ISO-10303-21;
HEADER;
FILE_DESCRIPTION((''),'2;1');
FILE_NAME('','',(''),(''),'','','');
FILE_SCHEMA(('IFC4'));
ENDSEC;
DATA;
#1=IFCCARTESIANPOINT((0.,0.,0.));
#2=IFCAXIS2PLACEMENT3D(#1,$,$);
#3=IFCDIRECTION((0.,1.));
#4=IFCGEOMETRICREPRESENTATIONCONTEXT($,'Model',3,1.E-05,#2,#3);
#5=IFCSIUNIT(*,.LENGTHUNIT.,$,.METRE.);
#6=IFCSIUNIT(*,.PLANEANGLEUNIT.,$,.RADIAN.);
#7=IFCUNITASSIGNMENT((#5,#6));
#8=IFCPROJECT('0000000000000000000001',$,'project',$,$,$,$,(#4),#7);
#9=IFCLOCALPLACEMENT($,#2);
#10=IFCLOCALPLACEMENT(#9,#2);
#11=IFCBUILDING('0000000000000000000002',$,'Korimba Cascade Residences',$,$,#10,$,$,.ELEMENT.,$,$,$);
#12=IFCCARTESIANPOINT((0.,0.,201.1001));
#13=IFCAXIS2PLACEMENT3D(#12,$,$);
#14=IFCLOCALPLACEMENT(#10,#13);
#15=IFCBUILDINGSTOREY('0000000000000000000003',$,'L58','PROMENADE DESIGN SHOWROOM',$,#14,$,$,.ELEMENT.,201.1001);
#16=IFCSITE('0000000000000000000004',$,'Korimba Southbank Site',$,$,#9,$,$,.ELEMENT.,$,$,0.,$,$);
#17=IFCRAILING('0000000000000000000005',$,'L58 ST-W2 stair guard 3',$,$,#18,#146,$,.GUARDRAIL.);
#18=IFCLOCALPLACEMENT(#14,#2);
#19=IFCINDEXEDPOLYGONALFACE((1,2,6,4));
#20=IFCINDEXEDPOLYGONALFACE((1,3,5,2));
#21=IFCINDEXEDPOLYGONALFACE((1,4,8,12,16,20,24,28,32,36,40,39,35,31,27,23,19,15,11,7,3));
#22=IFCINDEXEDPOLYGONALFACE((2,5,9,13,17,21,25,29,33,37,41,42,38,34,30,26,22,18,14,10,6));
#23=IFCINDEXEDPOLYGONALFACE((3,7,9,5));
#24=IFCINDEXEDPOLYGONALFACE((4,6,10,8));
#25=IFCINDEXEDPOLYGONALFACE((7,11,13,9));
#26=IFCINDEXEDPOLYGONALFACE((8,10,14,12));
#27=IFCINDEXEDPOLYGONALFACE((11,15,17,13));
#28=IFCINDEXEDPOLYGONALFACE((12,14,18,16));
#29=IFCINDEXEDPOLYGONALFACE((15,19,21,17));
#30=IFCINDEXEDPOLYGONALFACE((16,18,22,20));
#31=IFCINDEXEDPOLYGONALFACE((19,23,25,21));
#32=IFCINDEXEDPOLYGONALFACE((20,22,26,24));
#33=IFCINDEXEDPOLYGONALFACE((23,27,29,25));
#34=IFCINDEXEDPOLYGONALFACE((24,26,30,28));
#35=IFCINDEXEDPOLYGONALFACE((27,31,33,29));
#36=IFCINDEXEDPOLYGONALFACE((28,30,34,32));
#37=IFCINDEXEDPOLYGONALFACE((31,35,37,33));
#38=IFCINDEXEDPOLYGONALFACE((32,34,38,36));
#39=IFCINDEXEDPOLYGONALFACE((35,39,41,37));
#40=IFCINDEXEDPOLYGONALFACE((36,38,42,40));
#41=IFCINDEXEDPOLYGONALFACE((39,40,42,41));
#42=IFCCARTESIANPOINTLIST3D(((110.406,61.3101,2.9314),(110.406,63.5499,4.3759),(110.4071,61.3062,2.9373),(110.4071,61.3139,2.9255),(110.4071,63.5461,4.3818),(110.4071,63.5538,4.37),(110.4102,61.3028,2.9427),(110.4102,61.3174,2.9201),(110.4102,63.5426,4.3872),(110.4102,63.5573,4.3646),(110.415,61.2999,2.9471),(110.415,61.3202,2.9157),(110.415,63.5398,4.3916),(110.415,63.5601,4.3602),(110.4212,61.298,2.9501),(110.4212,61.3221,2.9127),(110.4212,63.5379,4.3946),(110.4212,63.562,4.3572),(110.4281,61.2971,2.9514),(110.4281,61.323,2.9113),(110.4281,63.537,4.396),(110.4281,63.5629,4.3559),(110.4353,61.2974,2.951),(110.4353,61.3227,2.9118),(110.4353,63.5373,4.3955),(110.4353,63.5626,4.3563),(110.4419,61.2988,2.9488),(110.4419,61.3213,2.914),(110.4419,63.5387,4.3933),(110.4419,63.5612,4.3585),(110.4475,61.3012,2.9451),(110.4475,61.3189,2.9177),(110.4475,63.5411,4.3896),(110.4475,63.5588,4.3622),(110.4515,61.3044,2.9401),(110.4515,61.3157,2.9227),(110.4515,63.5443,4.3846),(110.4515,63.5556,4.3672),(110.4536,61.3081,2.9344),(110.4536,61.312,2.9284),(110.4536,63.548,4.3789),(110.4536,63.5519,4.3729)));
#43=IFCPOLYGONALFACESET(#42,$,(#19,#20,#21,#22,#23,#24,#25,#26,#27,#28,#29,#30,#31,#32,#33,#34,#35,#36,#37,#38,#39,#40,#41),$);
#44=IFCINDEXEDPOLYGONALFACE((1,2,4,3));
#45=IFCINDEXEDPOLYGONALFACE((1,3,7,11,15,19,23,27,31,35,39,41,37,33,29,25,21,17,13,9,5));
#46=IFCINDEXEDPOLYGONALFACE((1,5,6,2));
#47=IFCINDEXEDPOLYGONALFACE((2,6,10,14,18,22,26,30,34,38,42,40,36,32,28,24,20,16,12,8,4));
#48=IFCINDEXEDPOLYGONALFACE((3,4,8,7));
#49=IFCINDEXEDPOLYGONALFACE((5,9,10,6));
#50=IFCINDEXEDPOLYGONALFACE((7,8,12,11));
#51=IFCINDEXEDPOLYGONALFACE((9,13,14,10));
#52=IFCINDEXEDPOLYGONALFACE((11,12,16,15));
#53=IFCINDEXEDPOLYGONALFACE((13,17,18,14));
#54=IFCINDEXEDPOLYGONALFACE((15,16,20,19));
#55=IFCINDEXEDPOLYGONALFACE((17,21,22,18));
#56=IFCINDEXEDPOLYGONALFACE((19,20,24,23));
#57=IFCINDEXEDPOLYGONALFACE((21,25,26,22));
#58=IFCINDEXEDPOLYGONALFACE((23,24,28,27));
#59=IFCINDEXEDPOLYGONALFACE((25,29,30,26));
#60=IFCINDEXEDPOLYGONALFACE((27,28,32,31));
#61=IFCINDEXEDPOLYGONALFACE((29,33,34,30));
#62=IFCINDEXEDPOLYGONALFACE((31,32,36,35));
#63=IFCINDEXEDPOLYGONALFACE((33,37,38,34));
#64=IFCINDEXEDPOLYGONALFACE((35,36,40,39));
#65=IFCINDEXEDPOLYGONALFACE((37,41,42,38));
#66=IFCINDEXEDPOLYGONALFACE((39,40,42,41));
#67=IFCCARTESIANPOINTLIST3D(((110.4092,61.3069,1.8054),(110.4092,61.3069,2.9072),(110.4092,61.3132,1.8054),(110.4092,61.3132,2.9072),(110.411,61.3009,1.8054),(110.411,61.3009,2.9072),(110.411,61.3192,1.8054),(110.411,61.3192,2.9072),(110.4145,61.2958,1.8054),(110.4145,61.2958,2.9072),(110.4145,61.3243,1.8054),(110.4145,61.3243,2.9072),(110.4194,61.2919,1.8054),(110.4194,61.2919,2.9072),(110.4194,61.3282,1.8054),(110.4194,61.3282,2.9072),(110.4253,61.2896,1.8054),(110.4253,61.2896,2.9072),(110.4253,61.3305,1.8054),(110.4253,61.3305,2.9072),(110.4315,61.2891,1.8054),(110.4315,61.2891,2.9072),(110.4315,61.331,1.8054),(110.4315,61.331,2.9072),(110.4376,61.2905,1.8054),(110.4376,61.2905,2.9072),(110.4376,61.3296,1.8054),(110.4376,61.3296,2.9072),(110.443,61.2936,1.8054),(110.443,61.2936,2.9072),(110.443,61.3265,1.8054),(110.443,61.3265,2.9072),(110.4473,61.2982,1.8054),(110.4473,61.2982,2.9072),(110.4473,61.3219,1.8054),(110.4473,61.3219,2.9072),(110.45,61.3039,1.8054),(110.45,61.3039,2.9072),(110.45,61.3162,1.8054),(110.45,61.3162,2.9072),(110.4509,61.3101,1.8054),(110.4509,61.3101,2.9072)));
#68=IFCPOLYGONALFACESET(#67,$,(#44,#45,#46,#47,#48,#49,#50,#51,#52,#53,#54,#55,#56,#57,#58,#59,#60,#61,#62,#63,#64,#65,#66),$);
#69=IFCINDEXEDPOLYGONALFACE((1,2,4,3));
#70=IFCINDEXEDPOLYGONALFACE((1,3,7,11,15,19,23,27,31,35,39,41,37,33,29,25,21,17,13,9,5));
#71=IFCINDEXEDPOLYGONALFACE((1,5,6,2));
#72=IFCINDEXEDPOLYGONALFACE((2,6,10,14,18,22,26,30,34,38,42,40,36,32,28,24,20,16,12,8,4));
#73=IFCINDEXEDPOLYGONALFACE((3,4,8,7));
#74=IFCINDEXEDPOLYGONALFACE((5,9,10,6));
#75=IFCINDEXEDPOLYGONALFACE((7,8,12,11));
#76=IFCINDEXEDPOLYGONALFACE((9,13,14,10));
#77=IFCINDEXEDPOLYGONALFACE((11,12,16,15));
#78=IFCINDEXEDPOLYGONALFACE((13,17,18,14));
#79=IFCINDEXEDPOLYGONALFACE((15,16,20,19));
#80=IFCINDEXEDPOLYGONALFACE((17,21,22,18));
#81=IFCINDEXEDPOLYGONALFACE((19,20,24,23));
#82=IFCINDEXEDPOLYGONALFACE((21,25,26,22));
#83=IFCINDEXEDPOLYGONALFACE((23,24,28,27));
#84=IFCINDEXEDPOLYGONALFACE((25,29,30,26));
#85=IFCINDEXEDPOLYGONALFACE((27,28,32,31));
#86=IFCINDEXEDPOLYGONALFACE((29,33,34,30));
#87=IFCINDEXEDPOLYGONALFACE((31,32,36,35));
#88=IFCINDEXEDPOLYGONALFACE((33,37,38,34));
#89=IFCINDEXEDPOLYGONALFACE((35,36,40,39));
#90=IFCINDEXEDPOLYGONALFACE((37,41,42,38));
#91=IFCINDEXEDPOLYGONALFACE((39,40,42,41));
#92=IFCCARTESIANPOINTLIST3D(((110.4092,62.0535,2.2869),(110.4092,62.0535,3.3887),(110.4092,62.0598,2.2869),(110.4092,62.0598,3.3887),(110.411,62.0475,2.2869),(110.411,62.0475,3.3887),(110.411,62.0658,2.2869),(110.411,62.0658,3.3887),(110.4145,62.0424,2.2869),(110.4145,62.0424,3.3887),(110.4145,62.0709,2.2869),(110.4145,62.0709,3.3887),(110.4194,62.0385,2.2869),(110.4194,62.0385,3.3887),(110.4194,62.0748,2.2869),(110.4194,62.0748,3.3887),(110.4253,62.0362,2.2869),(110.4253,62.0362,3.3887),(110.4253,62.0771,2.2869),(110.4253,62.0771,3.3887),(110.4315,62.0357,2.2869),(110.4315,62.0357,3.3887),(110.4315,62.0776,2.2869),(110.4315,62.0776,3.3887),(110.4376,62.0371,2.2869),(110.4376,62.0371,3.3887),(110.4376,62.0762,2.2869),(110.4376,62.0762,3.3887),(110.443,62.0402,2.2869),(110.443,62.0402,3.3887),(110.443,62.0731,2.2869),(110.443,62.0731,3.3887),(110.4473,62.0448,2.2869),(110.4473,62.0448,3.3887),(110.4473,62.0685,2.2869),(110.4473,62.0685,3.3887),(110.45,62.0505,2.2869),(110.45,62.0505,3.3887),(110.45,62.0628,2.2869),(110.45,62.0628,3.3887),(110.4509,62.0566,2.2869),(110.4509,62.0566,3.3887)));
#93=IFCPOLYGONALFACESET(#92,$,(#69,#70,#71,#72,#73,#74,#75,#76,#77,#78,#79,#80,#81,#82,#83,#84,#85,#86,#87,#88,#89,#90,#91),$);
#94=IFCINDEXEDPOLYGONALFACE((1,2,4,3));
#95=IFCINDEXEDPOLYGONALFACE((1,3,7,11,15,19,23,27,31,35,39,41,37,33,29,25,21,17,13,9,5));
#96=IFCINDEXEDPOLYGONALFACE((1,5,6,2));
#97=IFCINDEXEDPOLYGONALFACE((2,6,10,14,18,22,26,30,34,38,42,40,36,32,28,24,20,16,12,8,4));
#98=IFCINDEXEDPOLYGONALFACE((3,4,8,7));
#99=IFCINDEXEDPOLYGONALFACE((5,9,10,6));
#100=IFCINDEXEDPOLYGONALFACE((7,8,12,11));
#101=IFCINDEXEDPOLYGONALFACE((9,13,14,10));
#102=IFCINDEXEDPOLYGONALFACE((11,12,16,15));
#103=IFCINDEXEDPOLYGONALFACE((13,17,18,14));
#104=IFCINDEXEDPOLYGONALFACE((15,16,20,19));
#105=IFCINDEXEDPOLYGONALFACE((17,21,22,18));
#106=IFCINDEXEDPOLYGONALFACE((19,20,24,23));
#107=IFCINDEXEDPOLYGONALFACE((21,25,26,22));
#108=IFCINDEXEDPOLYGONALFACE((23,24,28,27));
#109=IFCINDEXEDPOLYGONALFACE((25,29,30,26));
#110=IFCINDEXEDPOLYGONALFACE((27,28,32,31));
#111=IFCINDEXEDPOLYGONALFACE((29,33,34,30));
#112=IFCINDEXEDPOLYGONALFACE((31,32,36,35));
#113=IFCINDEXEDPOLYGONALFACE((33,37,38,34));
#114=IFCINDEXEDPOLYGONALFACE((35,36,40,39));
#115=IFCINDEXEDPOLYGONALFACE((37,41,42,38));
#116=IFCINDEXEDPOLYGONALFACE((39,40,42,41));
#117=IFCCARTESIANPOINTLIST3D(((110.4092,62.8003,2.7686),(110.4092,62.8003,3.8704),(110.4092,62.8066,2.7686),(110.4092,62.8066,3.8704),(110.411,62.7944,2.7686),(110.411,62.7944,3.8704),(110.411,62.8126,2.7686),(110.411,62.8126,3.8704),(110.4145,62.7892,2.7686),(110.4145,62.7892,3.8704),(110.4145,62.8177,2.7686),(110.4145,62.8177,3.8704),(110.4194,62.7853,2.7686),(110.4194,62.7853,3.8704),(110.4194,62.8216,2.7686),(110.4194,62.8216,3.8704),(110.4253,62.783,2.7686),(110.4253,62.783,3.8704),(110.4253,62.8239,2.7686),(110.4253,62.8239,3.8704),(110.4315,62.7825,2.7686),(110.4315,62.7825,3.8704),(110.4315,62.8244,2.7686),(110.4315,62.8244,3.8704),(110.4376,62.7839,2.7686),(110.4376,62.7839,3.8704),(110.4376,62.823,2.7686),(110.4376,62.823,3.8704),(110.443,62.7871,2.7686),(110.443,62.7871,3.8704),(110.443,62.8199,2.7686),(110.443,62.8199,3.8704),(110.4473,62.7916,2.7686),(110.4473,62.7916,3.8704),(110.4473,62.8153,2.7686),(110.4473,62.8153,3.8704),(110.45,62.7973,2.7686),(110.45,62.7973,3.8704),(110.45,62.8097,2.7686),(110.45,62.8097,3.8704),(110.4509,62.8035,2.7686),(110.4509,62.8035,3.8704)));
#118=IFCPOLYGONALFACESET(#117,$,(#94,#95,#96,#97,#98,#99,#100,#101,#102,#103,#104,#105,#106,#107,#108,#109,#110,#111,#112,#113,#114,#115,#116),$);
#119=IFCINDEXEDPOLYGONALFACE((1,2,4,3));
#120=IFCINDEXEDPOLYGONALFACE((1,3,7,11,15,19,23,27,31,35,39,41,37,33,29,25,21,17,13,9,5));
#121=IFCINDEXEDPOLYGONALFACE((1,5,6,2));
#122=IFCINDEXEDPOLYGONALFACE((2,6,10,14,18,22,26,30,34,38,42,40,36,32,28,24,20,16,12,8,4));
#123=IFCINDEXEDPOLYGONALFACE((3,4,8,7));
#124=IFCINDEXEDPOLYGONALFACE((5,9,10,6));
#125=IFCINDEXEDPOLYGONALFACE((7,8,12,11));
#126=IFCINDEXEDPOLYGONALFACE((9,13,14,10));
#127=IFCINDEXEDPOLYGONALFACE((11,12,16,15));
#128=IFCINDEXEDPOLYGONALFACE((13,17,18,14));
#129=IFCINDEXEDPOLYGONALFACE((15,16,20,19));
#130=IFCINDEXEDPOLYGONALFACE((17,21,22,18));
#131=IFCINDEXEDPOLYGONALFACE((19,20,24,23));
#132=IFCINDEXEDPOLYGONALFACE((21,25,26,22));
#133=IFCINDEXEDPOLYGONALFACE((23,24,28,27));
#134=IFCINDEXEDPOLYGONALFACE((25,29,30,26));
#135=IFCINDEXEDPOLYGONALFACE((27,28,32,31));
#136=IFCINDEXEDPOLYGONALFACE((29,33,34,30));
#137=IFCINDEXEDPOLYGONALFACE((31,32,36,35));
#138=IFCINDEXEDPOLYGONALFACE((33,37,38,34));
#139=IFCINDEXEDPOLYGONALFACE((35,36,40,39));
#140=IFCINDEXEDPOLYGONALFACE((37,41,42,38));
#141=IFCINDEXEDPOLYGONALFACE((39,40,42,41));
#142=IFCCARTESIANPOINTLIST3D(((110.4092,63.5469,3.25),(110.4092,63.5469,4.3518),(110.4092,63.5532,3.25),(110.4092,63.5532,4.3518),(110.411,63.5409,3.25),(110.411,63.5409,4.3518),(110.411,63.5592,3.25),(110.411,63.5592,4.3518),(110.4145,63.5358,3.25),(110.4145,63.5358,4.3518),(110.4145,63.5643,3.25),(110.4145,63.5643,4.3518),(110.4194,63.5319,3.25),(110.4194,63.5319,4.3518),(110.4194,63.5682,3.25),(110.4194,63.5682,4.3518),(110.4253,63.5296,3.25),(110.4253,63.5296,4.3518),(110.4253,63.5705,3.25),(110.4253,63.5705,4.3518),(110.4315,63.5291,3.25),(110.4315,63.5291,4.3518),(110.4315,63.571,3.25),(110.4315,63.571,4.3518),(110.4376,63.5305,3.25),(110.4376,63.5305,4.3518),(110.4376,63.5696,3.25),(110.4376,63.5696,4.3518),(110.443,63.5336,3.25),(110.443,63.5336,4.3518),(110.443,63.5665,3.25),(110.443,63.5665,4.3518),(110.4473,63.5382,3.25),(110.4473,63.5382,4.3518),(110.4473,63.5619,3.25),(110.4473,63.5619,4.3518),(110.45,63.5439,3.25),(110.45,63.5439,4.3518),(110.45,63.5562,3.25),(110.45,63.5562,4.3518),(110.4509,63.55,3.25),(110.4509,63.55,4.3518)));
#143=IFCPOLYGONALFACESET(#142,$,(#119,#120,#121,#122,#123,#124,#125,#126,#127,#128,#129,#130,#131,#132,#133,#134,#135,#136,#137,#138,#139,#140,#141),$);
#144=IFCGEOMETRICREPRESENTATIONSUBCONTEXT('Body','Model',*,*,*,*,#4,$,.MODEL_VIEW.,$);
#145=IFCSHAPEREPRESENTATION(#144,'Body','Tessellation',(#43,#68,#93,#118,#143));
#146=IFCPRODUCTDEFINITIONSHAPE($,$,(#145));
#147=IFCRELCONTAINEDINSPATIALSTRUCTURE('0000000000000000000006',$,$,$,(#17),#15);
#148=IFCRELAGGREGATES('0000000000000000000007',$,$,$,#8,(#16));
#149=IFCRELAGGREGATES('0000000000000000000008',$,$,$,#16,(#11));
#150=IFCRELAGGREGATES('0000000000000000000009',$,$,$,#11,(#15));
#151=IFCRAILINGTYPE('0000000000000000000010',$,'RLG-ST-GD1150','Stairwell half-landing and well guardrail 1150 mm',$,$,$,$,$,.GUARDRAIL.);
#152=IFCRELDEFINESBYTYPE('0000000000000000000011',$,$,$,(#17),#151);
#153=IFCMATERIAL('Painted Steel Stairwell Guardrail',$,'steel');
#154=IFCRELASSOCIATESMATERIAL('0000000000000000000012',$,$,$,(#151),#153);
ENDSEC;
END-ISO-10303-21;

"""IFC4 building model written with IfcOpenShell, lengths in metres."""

from ifc_helpers import new_model, si_unit, direction, frame, origin, origin_2d, place, context, subcontext, project, spatial, circle, extrude, material, type_object, element, save


model = new_model("IFC4")

# Units and contexts
model_context = context("Model", 3, precision=1e-05, world=origin(), true_north=direction((0.0, 1.0)))
body_context = subcontext(model_context, "Body", "Model", "MODEL_VIEW")
ifc_project = project(units=[si_unit("LENGTHUNIT", "METRE"), si_unit("PLANEANGLEUNIT", "RADIAN")], contexts=[model_context])

# Site, building, storey
site_placement = place(None, origin())
site = spatial("IfcSite", under=ifc_project, at=site_placement, Name="Korimba Southbank Site", CompositionType="ELEMENT", RefElevation=0.0)
building_placement = place(site_placement, origin())
building = spatial("IfcBuilding", under=site, at=building_placement, Name="Korimba Cascade Residences", CompositionType="ELEMENT")
storey_placement = place(building_placement, frame((0.0, 0.0, 201.1001)))
storey = spatial("IfcBuildingStorey", under=building, at=storey_placement, Name="L58", Description="PROMENADE DESIGN SHOWROOM", CompositionType="ELEMENT", Elevation=201.1001)

# Railing
ifc_material_1 = material(Name="Painted Steel Stairwell Guardrail", Category="steel")
railing_type_1 = type_object("IfcRailingType", Name="RLG-ST-GD1150", Description="Stairwell half-landing and well guardrail 1150 mm", PredefinedType="GUARDRAIL", material=ifc_material_1)
railing_1_placement = place(storey_placement, frame((110.4299, 61.3101, 1.8054)))
element("IfcRailing", 1, at=railing_1_placement, inside=storey, type_object=railing_type_1, Name="L58 ST-W2 stair guard 3", PredefinedType="GUARDRAIL", context=body_context, shape_type="SweptSolid", body=[
    extrude(circle(Radius=0.0239, at=origin_2d()), frame((0.0, 0.0, 1.126), z_axis=(0.0, 0.840395, 0.541975), x_axis=(-1.0, 0.0, 0.0)), (0.0, 0.0, 1.0), 2.6653),
    extrude(circle(Radius=0.021, at=origin_2d()), origin(), (0.0, 0.0, 1.0), 1.1018),
    extrude(circle(Radius=0.021, at=origin_2d()), frame((0.0, 0.7466, 0.4814)), (0.0, 0.0, 1.0), 1.1018),
    extrude(circle(Radius=0.021, at=origin_2d()), frame((0.0, 1.4934, 0.9631)), (0.0, 0.0, 1.0), 1.1018),
    extrude(circle(Radius=0.021, at=origin_2d()), frame((0.0, 2.24, 1.4446)), (0.0, 0.0, 1.0), 1.1018),
])

save(model, "model.ifc")
